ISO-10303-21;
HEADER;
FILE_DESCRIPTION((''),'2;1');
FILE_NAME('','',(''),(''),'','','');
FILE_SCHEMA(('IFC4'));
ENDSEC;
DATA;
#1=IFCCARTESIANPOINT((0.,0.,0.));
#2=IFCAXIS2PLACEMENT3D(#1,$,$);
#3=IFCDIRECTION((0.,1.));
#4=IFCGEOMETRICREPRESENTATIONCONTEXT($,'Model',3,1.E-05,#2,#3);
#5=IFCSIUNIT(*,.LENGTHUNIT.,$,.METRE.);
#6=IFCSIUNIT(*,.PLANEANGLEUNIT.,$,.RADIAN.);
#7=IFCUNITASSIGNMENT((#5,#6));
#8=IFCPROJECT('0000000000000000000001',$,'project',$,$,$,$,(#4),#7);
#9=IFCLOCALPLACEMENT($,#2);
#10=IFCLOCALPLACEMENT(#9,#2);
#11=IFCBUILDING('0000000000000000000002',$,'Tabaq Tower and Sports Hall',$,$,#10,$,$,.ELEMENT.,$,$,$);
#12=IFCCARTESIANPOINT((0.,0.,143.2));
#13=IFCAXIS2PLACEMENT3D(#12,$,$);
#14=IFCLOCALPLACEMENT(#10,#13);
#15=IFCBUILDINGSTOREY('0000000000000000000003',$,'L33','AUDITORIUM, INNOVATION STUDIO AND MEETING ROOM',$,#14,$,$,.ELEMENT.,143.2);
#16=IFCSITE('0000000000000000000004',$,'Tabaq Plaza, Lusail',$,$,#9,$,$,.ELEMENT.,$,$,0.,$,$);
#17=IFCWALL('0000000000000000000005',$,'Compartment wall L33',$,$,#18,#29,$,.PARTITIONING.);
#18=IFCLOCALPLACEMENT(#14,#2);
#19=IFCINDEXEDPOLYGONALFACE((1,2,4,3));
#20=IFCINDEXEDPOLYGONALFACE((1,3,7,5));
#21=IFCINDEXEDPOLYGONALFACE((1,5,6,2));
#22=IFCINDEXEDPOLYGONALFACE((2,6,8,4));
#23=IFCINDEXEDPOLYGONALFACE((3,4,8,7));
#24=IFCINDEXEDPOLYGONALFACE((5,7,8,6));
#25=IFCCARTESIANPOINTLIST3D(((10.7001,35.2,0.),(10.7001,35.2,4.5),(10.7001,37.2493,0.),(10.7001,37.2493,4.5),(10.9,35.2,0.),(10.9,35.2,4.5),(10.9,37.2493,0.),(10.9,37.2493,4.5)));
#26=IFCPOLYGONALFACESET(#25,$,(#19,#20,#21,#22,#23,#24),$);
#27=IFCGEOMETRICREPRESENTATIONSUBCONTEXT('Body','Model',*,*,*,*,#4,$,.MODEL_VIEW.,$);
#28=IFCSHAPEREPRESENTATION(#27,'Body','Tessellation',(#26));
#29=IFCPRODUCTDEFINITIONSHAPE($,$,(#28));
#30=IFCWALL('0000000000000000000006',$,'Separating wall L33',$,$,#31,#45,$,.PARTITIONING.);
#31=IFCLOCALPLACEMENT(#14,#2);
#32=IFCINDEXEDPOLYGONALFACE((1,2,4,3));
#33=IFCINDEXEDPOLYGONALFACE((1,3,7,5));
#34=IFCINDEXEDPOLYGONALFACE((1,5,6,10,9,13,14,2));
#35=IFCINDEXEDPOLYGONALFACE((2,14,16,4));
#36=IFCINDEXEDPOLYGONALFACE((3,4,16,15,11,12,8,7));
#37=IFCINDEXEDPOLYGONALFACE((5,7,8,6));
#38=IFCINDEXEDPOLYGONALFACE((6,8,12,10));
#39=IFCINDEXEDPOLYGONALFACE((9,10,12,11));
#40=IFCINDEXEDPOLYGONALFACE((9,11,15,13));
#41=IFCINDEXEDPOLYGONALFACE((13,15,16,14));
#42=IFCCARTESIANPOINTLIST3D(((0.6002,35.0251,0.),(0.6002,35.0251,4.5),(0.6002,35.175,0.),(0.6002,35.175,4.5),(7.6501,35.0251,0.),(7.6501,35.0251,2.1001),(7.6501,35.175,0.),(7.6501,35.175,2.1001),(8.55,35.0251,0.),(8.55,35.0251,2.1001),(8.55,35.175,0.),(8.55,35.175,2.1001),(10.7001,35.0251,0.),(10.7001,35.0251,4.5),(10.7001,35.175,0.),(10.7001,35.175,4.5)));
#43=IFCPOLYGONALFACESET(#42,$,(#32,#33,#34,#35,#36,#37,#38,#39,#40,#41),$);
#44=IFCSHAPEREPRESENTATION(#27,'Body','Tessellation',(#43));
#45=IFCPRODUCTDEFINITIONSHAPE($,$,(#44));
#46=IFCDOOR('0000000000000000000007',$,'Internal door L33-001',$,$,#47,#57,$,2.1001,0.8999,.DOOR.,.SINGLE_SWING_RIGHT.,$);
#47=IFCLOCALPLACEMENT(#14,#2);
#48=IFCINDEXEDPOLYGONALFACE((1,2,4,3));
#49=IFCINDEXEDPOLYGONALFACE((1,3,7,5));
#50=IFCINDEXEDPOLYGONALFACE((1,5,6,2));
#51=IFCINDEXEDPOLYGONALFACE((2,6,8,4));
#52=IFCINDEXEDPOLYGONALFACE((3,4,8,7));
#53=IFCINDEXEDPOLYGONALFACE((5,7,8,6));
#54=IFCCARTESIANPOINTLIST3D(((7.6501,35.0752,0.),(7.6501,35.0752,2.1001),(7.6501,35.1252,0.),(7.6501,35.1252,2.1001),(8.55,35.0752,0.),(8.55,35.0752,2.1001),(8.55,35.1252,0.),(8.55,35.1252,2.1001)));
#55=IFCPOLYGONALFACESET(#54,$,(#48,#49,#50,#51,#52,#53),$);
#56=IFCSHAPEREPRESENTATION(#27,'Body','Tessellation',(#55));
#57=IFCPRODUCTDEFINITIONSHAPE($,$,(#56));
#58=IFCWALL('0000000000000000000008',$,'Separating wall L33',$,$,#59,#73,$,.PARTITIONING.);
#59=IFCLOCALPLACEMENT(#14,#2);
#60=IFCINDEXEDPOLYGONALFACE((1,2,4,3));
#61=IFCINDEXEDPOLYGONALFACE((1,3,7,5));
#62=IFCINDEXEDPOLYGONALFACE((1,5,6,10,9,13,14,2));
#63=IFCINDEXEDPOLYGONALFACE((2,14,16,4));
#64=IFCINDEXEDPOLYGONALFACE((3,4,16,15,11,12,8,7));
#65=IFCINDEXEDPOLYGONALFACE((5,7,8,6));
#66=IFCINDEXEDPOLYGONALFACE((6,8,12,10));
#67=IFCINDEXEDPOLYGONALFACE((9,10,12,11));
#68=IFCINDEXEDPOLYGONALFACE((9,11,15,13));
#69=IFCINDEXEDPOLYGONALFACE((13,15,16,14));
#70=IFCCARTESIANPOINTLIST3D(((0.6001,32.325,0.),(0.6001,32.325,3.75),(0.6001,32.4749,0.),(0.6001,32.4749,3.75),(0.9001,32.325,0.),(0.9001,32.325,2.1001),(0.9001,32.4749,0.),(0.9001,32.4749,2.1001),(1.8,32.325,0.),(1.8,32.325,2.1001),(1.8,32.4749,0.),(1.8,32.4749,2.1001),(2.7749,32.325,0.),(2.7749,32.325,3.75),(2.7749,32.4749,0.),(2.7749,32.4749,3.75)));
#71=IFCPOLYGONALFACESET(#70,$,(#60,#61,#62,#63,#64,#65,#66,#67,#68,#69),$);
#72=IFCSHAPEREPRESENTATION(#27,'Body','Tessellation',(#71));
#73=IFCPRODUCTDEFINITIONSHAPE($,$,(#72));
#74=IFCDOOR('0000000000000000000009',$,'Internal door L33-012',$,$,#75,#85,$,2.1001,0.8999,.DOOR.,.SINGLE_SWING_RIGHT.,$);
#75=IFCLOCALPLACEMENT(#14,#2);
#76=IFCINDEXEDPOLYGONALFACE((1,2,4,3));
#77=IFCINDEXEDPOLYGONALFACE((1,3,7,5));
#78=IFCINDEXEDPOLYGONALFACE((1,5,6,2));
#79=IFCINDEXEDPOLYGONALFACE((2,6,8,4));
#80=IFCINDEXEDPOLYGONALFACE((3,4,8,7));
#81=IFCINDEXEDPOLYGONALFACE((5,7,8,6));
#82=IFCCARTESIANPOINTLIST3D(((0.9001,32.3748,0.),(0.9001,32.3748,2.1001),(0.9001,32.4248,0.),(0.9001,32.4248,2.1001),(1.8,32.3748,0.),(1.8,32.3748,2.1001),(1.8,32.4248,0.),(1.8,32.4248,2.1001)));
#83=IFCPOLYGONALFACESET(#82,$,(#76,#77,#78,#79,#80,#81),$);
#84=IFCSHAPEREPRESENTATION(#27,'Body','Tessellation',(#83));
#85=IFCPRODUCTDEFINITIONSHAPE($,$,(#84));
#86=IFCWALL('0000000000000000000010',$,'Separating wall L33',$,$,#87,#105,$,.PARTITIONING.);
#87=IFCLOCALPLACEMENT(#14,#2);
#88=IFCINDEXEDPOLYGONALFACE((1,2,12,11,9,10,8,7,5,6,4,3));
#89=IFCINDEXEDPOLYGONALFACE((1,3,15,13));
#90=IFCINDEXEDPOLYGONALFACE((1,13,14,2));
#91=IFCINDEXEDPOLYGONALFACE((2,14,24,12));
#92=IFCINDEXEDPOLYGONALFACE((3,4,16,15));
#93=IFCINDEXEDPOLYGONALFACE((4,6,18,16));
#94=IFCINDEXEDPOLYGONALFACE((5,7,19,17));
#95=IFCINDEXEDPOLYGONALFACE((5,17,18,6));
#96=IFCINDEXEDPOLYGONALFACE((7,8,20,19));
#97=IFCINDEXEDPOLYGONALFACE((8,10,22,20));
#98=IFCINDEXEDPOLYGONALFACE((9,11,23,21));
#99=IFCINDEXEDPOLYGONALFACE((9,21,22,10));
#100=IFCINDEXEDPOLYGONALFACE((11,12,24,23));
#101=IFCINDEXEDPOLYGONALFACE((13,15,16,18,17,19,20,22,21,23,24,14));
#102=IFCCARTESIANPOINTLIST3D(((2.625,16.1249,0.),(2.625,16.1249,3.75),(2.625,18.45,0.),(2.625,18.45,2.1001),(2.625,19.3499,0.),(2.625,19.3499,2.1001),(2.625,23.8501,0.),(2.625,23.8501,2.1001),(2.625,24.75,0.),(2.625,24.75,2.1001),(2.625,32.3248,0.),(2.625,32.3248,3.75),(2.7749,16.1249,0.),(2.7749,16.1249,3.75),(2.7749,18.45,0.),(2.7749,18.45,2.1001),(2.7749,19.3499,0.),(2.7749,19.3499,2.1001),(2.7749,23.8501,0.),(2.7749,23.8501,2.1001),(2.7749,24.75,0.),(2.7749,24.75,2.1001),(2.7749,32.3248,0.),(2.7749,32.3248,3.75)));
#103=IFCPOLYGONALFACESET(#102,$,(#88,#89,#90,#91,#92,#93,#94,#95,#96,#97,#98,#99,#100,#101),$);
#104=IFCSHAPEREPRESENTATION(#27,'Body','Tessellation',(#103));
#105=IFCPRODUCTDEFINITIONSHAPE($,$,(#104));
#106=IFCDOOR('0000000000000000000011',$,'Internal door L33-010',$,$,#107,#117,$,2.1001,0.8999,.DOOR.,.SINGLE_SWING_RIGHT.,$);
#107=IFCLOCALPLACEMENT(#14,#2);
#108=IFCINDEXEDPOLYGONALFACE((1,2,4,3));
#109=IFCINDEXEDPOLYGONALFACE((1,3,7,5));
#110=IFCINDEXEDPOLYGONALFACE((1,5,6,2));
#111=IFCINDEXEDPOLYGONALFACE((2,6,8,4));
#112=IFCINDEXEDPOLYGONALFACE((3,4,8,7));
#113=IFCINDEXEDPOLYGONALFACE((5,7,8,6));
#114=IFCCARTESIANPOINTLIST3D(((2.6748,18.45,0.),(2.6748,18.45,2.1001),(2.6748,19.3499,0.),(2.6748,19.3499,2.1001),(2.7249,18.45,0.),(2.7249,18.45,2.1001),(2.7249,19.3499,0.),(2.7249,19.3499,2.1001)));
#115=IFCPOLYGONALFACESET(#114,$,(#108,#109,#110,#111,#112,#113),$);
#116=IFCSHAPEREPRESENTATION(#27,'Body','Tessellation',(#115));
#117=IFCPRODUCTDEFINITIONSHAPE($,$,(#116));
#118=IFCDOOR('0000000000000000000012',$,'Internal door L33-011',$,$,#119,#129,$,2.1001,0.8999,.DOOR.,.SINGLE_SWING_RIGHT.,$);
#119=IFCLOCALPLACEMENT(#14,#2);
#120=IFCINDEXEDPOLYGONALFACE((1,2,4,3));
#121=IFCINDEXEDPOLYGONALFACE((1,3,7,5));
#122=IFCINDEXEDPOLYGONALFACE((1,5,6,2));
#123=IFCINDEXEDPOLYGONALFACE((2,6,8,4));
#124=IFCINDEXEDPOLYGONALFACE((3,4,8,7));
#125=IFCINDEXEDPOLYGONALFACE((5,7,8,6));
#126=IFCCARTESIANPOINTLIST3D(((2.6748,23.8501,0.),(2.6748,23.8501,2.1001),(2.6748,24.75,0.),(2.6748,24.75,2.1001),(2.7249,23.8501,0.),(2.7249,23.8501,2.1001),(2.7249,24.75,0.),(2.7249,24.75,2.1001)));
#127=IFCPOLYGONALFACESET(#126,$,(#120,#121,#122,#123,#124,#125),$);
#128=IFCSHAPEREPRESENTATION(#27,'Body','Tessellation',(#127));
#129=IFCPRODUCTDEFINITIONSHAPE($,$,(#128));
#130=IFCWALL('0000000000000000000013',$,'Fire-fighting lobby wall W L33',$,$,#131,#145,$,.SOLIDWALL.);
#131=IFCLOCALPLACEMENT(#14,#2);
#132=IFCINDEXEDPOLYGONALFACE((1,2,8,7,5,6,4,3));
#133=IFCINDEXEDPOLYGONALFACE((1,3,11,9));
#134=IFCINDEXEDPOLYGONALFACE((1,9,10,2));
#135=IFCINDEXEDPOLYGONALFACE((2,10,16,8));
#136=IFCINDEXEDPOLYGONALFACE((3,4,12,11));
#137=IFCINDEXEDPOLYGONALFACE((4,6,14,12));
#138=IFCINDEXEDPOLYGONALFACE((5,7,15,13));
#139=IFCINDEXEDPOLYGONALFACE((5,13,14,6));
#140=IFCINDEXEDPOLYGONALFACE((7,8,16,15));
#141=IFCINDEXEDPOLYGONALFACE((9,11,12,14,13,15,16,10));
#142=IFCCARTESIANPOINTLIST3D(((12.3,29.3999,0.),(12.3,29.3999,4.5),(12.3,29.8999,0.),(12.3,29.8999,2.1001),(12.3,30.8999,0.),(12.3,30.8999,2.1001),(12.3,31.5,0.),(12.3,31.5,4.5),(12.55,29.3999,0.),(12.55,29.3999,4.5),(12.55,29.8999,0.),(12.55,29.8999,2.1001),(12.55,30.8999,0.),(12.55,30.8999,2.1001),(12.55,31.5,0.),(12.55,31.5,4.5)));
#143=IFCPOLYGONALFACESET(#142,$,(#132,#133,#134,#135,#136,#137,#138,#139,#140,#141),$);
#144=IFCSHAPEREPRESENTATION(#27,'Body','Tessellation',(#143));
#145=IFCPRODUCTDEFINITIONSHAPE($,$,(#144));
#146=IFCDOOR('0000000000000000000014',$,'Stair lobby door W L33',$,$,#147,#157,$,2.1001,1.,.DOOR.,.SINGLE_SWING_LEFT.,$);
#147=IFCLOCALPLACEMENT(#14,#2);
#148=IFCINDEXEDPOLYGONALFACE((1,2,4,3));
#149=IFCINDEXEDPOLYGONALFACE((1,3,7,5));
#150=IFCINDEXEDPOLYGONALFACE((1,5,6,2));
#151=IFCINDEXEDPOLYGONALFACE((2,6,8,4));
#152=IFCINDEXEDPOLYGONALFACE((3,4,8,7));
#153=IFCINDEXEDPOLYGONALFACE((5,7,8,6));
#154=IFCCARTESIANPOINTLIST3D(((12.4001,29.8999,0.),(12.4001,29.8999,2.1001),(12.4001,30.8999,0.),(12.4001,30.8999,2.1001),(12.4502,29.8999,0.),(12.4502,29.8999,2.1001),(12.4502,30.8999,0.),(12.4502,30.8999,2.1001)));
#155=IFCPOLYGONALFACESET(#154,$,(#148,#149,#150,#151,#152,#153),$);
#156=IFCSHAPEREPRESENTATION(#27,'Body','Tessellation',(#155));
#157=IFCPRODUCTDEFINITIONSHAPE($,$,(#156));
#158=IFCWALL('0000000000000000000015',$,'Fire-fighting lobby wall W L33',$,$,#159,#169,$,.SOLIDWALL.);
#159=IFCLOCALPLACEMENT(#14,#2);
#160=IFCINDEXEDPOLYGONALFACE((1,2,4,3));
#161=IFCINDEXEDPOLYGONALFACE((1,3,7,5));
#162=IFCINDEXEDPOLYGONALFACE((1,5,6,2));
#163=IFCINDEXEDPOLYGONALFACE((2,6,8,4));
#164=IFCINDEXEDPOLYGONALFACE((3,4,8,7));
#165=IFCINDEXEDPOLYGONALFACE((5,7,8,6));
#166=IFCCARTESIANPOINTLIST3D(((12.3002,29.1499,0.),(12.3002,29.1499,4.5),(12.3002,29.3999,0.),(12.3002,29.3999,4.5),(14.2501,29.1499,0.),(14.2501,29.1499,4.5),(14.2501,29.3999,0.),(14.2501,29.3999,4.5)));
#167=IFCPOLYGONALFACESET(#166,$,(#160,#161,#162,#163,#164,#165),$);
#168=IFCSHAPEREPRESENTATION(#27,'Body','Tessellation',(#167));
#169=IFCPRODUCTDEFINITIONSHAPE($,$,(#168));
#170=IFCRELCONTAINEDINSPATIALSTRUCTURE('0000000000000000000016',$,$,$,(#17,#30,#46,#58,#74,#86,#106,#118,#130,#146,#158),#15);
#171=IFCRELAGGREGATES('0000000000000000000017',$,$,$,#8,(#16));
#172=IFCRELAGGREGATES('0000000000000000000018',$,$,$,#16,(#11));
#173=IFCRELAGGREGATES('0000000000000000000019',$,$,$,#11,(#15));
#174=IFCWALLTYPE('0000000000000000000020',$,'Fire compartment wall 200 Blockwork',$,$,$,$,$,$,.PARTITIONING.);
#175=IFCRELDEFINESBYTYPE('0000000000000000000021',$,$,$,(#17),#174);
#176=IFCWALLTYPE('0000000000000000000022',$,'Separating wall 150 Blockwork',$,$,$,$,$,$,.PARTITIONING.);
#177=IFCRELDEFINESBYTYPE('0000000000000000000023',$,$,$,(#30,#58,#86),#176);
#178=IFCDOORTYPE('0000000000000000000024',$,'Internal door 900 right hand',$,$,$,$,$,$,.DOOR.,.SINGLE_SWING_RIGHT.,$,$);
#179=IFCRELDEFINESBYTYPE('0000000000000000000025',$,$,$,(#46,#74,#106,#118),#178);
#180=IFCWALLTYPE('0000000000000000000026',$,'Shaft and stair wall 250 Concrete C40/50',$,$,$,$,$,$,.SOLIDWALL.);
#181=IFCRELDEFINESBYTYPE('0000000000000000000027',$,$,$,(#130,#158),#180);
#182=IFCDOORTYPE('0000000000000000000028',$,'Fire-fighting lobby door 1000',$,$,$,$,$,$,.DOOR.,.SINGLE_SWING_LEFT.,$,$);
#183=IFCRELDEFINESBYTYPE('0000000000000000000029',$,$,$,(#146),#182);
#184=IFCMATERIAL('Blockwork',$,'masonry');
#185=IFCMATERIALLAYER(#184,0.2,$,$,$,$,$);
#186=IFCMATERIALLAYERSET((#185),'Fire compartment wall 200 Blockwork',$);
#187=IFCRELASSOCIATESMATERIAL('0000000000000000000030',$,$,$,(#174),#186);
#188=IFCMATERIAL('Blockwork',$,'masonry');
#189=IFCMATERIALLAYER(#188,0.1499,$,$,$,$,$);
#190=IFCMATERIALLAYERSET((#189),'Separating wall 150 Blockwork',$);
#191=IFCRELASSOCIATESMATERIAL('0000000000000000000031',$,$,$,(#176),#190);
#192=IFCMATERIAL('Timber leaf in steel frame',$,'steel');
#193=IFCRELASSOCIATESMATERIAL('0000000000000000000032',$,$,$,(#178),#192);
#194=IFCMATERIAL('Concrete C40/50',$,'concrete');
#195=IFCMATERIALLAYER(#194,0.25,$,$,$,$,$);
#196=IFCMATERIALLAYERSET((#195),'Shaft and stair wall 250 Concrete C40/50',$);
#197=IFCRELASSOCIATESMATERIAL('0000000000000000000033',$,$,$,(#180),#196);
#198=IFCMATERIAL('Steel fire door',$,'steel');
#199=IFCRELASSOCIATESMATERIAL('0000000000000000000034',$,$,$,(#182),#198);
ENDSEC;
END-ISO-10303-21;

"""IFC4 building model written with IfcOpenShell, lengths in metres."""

from ifc_helpers import new_model, si_unit, direction, frame, frame_2d, origin, place, context, subcontext, project, spatial, rectangle, extrude, material, layer, layer_set, type_object, element, fill, save


model = new_model("IFC4")

# Units and contexts
model_context = context("Model", 3, precision=1e-05, world=origin(), true_north=direction((0.0, 1.0)))
body_context = subcontext(model_context, "Body", "Model", "MODEL_VIEW")
ifc_project = project(units=[si_unit("LENGTHUNIT", "METRE"), si_unit("PLANEANGLEUNIT", "RADIAN")], contexts=[model_context])

# Site, building, storey
site_placement = place(None, origin())
site = spatial("IfcSite", under=ifc_project, at=site_placement, Name="Tabaq Plaza, Lusail", CompositionType="ELEMENT", RefElevation=0.0)
building_placement = place(site_placement, origin())
building = spatial("IfcBuilding", under=site, at=building_placement, Name="Tabaq Tower and Sports Hall", CompositionType="ELEMENT")
storey_placement = place(building_placement, frame((0.0, 0.0, 143.2)))
storey = spatial("IfcBuildingStorey", under=building, at=storey_placement, Name="L33", Description="AUDITORIUM, INNOVATION STUDIO AND MEETING ROOM", CompositionType="ELEMENT", Elevation=143.2)

# Wall
ifc_material_1 = material(Name="Blockwork", Category="masonry")
ifc_layer_1 = layer(ifc_material_1, 0.2)
ifc_layer_set_1 = layer_set([ifc_layer_1], Name="Fire compartment wall 200 Blockwork")
wall_type_1 = type_object("IfcWallType", Name="Fire compartment wall 200 Blockwork", PredefinedType="PARTITIONING", material=ifc_layer_set_1)
wall_1_placement = place(storey_placement, frame((10.8, 35.2, 0.0), z_axis=(0.0, 0.0, 1.0), x_axis=(0.0, 1.0, 0.0)))
element("IfcWall", 1, at=wall_1_placement, inside=storey, type_object=wall_type_1, Name="Compartment wall L33", PredefinedType="PARTITIONING", context=body_context, shape_type="SweptSolid", body=[
    extrude(rectangle(XDim=2.0493, YDim=0.2, at=frame_2d((1.0247, 0.0))), origin(), (0.0, 0.0, 1.0), 4.5),
])

# Walls, openings, doors
ifc_material_2 = material(Name="Blockwork", Category="masonry")
ifc_layer_2 = layer(ifc_material_2, 0.1499)
ifc_layer_set_2 = layer_set([ifc_layer_2], Name="Separating wall 150 Blockwork")
wall_type_2 = type_object("IfcWallType", Name="Separating wall 150 Blockwork", PredefinedType="PARTITIONING", material=ifc_layer_set_2)
wall_2_placement = place(storey_placement, frame((10.7, 35.1001, 0.0), z_axis=(0.0, 0.0, 1.0), x_axis=(-1.0, 0.0, 0.0)))
wall_2 = element("IfcWall", 2, at=wall_2_placement, inside=storey, type_object=wall_type_2, Name="Separating wall L33", PredefinedType="PARTITIONING", context=body_context, shape_type="SweptSolid", body=[
    extrude(rectangle(XDim=10.0999, YDim=0.1499, at=frame_2d((5.0498, 0.0))), origin(), (0.0, 0.0, 1.0), 4.5),
])
opening_1_placement = place(wall_2_placement, frame((2.1499, 0.0, 0.0)))
opening_1 = element("IfcOpeningElement", 3, at=opening_1_placement, cuts=wall_2, PredefinedType="OPENING", context=body_context, shape_type="SweptSolid", body=[
    extrude(rectangle(XDim=0.8999, YDim=2.1001, at=frame_2d((0.45, 1.05))), frame((0.0, 0.075, 0.0), z_axis=(0.0, -1.0, 0.0), x_axis=(1.0, 0.0, 0.0)), (0.0, 0.0, 1.0), 0.1499),
])
ifc_material_3 = material(Name="Timber leaf in steel frame", Category="steel")
door_type_1 = type_object("IfcDoorType", Name="Internal door 900 right hand", OperationType="SINGLE_SWING_RIGHT", PredefinedType="DOOR", material=ifc_material_3)
door_1_placement = place(opening_1_placement, origin())
door_1 = element("IfcDoor", 4, at=door_1_placement, inside=storey, type_object=door_type_1, Name="Internal door L33-001", OperationType="SINGLE_SWING_RIGHT", OverallHeight=2.1001, OverallWidth=0.8999, PredefinedType="DOOR", context=body_context, shape_type="SweptSolid", body=[
    extrude(rectangle(XDim=0.8999, YDim=2.1001, at=frame_2d((0.45, 1.05))), frame((0.0, 0.0249, 0.0), z_axis=(0.0, -1.0, 0.0), x_axis=(1.0, 0.0, 0.0)), (0.0, 0.0, 1.0), 0.05),
])
fill(opening_1, door_1)
wall_3_placement = place(storey_placement, frame((0.6001, 32.3999, 0.0), z_axis=(0.0, 0.0, 1.0), x_axis=(1.0, 0.0, 0.0)))
wall_3 = element("IfcWall", 5, at=wall_3_placement, inside=storey, type_object=wall_type_2, Name="Separating wall L33", PredefinedType="PARTITIONING", context=body_context, shape_type="SweptSolid", body=[
    extrude(rectangle(XDim=2.1748, YDim=0.1499, at=frame_2d((1.0874, 0.0))), origin(), (0.0, 0.0, 1.0), 3.75),
])
opening_2_placement = place(wall_3_placement, frame((0.3, 0.0, 0.0)))
opening_2 = element("IfcOpeningElement", 6, at=opening_2_placement, cuts=wall_3, PredefinedType="OPENING", context=body_context, shape_type="SweptSolid", body=[
    extrude(rectangle(XDim=0.8999, YDim=2.1001, at=frame_2d((0.45, 1.05))), frame((0.0, 0.075, 0.0), z_axis=(0.0, -1.0, 0.0), x_axis=(1.0, 0.0, 0.0)), (0.0, 0.0, 1.0), 0.1499),
])
door_2_placement = place(opening_2_placement, origin())
door_2 = element("IfcDoor", 7, at=door_2_placement, inside=storey, type_object=door_type_1, Name="Internal door L33-012", OperationType="SINGLE_SWING_RIGHT", OverallHeight=2.1001, OverallWidth=0.8999, PredefinedType="DOOR", context=body_context, shape_type="SweptSolid", body=[
    extrude(rectangle(XDim=0.8999, YDim=2.1001, at=frame_2d((0.45, 1.05))), frame((0.0, 0.0249, 0.0), z_axis=(0.0, -1.0, 0.0), x_axis=(1.0, 0.0, 0.0)), (0.0, 0.0, 1.0), 0.05),
])
fill(opening_2, door_2)

# Wall, openings, doors
wall_4_placement = place(storey_placement, frame((2.7, 32.325, 0.0), z_axis=(0.0, 0.0, 1.0), x_axis=(0.0, -1.0, 0.0)))
wall_4 = element("IfcWall", 8, at=wall_4_placement, inside=storey, type_object=wall_type_2, Name="Separating wall L33", PredefinedType="PARTITIONING", context=body_context, shape_type="SweptSolid", body=[
    extrude(rectangle(XDim=16.2, YDim=0.1499, at=frame_2d((8.1001, 0.0))), origin(), (0.0, 0.0, 1.0), 3.75),
])
opening_3_placement = place(wall_4_placement, frame((12.9751, 0.0, 0.0)))
opening_3 = element("IfcOpeningElement", 9, at=opening_3_placement, cuts=wall_4, PredefinedType="OPENING", context=body_context, shape_type="SweptSolid", body=[
    extrude(rectangle(XDim=0.8999, YDim=2.1001, at=frame_2d((0.45, 1.05))), frame((0.0, 0.075, 0.0), z_axis=(0.0, -1.0, 0.0), x_axis=(1.0, 0.0, 0.0)), (0.0, 0.0, 1.0), 0.1499),
])
opening_4_placement = place(wall_4_placement, frame((7.575, 0.0, 0.0)))
opening_4 = element("IfcOpeningElement", 10, at=opening_4_placement, cuts=wall_4, PredefinedType="OPENING", context=body_context, shape_type="SweptSolid", body=[
    extrude(rectangle(XDim=0.8999, YDim=2.1001, at=frame_2d((0.45, 1.05))), frame((0.0, 0.075, 0.0), z_axis=(0.0, -1.0, 0.0), x_axis=(1.0, 0.0, 0.0)), (0.0, 0.0, 1.0), 0.1499),
])
door_3_placement = place(opening_3_placement, origin())
door_3 = element("IfcDoor", 11, at=door_3_placement, inside=storey, type_object=door_type_1, Name="Internal door L33-010", OperationType="SINGLE_SWING_RIGHT", OverallHeight=2.1001, OverallWidth=0.8999, PredefinedType="DOOR", context=body_context, shape_type="SweptSolid", body=[
    extrude(rectangle(XDim=0.8999, YDim=2.1001, at=frame_2d((0.45, 1.05))), frame((0.0, 0.0249, 0.0), z_axis=(0.0, -1.0, 0.0), x_axis=(1.0, 0.0, 0.0)), (0.0, 0.0, 1.0), 0.05),
])
fill(opening_3, door_3)
door_4_placement = place(opening_4_placement, origin())
door_4 = element("IfcDoor", 12, at=door_4_placement, inside=storey, type_object=door_type_1, Name="Internal door L33-011", OperationType="SINGLE_SWING_RIGHT", OverallHeight=2.1001, OverallWidth=0.8999, PredefinedType="DOOR", context=body_context, shape_type="SweptSolid", body=[
    extrude(rectangle(XDim=0.8999, YDim=2.1001, at=frame_2d((0.45, 1.05))), frame((0.0, 0.0249, 0.0), z_axis=(0.0, -1.0, 0.0), x_axis=(1.0, 0.0, 0.0)), (0.0, 0.0, 1.0), 0.05),
])
fill(opening_4, door_4)

# Wall, opening, door
ifc_material_4 = material(Name="Concrete C40/50", Category="concrete")
ifc_layer_3 = layer(ifc_material_4, 0.25)
ifc_layer_set_3 = layer_set([ifc_layer_3], Name="Shaft and stair wall 250 Concrete C40/50")
wall_type_3 = type_object("IfcWallType", Name="Shaft and stair wall 250 Concrete C40/50", PredefinedType="SOLIDWALL", material=ifc_layer_set_3)
wall_5_placement = place(storey_placement, frame((12.425, 29.3999, 0.0), z_axis=(0.0, 0.0, 1.0), x_axis=(0.0, 1.0, 0.0)))
wall_5 = element("IfcWall", 13, at=wall_5_placement, inside=storey, type_object=wall_type_3, Name="Fire-fighting lobby wall W L33", PredefinedType="SOLIDWALL", context=body_context, shape_type="SweptSolid", body=[
    extrude(rectangle(XDim=2.1001, YDim=0.25, at=frame_2d((1.05, 0.0))), origin(), (0.0, 0.0, 1.0), 4.5),
])
opening_5_placement = place(wall_5_placement, frame((0.5, 0.0, 0.0)))
opening_5 = element("IfcOpeningElement", 14, at=opening_5_placement, cuts=wall_5, PredefinedType="OPENING", context=body_context, shape_type="SweptSolid", body=[
    extrude(rectangle(XDim=1.0, YDim=2.1001, at=frame_2d((0.5, 1.05))), frame((0.0, 0.125, 0.0), z_axis=(0.0, -1.0, 0.0), x_axis=(1.0, 0.0, 0.0)), (0.0, 0.0, 1.0), 0.25),
])
ifc_material_5 = material(Name="Steel fire door", Category="steel")
door_type_2 = type_object("IfcDoorType", Name="Fire-fighting lobby door 1000", OperationType="SINGLE_SWING_LEFT", PredefinedType="DOOR", material=ifc_material_5)
door_5_placement = place(opening_5_placement, origin())
door_5 = element("IfcDoor", 15, at=door_5_placement, inside=storey, type_object=door_type_2, Name="Stair lobby door W L33", OperationType="SINGLE_SWING_LEFT", OverallHeight=2.1001, OverallWidth=1.0, PredefinedType="DOOR", context=body_context, shape_type="SweptSolid", body=[
    extrude(rectangle(XDim=1.0, YDim=2.1001, at=frame_2d((0.5, 1.05))), frame((0.0, 0.0249, 0.0), z_axis=(0.0, -1.0, 0.0), x_axis=(1.0, 0.0, 0.0)), (0.0, 0.0, 1.0), 0.05),
])
fill(opening_5, door_5)

# Wall
wall_6_placement = place(storey_placement, frame((12.3, 29.2749, 0.0), z_axis=(0.0, 0.0, 1.0), x_axis=(1.0, 0.0, 0.0)))
element("IfcWall", 16, at=wall_6_placement, inside=storey, type_object=wall_type_3, Name="Fire-fighting lobby wall W L33", PredefinedType="SOLIDWALL", context=body_context, shape_type="SweptSolid", body=[
    extrude(rectangle(XDim=1.95, YDim=0.25, at=frame_2d((0.9751, 0.0))), origin(), (0.0, 0.0, 1.0), 4.5),
])

save(model, "model.ifc")
